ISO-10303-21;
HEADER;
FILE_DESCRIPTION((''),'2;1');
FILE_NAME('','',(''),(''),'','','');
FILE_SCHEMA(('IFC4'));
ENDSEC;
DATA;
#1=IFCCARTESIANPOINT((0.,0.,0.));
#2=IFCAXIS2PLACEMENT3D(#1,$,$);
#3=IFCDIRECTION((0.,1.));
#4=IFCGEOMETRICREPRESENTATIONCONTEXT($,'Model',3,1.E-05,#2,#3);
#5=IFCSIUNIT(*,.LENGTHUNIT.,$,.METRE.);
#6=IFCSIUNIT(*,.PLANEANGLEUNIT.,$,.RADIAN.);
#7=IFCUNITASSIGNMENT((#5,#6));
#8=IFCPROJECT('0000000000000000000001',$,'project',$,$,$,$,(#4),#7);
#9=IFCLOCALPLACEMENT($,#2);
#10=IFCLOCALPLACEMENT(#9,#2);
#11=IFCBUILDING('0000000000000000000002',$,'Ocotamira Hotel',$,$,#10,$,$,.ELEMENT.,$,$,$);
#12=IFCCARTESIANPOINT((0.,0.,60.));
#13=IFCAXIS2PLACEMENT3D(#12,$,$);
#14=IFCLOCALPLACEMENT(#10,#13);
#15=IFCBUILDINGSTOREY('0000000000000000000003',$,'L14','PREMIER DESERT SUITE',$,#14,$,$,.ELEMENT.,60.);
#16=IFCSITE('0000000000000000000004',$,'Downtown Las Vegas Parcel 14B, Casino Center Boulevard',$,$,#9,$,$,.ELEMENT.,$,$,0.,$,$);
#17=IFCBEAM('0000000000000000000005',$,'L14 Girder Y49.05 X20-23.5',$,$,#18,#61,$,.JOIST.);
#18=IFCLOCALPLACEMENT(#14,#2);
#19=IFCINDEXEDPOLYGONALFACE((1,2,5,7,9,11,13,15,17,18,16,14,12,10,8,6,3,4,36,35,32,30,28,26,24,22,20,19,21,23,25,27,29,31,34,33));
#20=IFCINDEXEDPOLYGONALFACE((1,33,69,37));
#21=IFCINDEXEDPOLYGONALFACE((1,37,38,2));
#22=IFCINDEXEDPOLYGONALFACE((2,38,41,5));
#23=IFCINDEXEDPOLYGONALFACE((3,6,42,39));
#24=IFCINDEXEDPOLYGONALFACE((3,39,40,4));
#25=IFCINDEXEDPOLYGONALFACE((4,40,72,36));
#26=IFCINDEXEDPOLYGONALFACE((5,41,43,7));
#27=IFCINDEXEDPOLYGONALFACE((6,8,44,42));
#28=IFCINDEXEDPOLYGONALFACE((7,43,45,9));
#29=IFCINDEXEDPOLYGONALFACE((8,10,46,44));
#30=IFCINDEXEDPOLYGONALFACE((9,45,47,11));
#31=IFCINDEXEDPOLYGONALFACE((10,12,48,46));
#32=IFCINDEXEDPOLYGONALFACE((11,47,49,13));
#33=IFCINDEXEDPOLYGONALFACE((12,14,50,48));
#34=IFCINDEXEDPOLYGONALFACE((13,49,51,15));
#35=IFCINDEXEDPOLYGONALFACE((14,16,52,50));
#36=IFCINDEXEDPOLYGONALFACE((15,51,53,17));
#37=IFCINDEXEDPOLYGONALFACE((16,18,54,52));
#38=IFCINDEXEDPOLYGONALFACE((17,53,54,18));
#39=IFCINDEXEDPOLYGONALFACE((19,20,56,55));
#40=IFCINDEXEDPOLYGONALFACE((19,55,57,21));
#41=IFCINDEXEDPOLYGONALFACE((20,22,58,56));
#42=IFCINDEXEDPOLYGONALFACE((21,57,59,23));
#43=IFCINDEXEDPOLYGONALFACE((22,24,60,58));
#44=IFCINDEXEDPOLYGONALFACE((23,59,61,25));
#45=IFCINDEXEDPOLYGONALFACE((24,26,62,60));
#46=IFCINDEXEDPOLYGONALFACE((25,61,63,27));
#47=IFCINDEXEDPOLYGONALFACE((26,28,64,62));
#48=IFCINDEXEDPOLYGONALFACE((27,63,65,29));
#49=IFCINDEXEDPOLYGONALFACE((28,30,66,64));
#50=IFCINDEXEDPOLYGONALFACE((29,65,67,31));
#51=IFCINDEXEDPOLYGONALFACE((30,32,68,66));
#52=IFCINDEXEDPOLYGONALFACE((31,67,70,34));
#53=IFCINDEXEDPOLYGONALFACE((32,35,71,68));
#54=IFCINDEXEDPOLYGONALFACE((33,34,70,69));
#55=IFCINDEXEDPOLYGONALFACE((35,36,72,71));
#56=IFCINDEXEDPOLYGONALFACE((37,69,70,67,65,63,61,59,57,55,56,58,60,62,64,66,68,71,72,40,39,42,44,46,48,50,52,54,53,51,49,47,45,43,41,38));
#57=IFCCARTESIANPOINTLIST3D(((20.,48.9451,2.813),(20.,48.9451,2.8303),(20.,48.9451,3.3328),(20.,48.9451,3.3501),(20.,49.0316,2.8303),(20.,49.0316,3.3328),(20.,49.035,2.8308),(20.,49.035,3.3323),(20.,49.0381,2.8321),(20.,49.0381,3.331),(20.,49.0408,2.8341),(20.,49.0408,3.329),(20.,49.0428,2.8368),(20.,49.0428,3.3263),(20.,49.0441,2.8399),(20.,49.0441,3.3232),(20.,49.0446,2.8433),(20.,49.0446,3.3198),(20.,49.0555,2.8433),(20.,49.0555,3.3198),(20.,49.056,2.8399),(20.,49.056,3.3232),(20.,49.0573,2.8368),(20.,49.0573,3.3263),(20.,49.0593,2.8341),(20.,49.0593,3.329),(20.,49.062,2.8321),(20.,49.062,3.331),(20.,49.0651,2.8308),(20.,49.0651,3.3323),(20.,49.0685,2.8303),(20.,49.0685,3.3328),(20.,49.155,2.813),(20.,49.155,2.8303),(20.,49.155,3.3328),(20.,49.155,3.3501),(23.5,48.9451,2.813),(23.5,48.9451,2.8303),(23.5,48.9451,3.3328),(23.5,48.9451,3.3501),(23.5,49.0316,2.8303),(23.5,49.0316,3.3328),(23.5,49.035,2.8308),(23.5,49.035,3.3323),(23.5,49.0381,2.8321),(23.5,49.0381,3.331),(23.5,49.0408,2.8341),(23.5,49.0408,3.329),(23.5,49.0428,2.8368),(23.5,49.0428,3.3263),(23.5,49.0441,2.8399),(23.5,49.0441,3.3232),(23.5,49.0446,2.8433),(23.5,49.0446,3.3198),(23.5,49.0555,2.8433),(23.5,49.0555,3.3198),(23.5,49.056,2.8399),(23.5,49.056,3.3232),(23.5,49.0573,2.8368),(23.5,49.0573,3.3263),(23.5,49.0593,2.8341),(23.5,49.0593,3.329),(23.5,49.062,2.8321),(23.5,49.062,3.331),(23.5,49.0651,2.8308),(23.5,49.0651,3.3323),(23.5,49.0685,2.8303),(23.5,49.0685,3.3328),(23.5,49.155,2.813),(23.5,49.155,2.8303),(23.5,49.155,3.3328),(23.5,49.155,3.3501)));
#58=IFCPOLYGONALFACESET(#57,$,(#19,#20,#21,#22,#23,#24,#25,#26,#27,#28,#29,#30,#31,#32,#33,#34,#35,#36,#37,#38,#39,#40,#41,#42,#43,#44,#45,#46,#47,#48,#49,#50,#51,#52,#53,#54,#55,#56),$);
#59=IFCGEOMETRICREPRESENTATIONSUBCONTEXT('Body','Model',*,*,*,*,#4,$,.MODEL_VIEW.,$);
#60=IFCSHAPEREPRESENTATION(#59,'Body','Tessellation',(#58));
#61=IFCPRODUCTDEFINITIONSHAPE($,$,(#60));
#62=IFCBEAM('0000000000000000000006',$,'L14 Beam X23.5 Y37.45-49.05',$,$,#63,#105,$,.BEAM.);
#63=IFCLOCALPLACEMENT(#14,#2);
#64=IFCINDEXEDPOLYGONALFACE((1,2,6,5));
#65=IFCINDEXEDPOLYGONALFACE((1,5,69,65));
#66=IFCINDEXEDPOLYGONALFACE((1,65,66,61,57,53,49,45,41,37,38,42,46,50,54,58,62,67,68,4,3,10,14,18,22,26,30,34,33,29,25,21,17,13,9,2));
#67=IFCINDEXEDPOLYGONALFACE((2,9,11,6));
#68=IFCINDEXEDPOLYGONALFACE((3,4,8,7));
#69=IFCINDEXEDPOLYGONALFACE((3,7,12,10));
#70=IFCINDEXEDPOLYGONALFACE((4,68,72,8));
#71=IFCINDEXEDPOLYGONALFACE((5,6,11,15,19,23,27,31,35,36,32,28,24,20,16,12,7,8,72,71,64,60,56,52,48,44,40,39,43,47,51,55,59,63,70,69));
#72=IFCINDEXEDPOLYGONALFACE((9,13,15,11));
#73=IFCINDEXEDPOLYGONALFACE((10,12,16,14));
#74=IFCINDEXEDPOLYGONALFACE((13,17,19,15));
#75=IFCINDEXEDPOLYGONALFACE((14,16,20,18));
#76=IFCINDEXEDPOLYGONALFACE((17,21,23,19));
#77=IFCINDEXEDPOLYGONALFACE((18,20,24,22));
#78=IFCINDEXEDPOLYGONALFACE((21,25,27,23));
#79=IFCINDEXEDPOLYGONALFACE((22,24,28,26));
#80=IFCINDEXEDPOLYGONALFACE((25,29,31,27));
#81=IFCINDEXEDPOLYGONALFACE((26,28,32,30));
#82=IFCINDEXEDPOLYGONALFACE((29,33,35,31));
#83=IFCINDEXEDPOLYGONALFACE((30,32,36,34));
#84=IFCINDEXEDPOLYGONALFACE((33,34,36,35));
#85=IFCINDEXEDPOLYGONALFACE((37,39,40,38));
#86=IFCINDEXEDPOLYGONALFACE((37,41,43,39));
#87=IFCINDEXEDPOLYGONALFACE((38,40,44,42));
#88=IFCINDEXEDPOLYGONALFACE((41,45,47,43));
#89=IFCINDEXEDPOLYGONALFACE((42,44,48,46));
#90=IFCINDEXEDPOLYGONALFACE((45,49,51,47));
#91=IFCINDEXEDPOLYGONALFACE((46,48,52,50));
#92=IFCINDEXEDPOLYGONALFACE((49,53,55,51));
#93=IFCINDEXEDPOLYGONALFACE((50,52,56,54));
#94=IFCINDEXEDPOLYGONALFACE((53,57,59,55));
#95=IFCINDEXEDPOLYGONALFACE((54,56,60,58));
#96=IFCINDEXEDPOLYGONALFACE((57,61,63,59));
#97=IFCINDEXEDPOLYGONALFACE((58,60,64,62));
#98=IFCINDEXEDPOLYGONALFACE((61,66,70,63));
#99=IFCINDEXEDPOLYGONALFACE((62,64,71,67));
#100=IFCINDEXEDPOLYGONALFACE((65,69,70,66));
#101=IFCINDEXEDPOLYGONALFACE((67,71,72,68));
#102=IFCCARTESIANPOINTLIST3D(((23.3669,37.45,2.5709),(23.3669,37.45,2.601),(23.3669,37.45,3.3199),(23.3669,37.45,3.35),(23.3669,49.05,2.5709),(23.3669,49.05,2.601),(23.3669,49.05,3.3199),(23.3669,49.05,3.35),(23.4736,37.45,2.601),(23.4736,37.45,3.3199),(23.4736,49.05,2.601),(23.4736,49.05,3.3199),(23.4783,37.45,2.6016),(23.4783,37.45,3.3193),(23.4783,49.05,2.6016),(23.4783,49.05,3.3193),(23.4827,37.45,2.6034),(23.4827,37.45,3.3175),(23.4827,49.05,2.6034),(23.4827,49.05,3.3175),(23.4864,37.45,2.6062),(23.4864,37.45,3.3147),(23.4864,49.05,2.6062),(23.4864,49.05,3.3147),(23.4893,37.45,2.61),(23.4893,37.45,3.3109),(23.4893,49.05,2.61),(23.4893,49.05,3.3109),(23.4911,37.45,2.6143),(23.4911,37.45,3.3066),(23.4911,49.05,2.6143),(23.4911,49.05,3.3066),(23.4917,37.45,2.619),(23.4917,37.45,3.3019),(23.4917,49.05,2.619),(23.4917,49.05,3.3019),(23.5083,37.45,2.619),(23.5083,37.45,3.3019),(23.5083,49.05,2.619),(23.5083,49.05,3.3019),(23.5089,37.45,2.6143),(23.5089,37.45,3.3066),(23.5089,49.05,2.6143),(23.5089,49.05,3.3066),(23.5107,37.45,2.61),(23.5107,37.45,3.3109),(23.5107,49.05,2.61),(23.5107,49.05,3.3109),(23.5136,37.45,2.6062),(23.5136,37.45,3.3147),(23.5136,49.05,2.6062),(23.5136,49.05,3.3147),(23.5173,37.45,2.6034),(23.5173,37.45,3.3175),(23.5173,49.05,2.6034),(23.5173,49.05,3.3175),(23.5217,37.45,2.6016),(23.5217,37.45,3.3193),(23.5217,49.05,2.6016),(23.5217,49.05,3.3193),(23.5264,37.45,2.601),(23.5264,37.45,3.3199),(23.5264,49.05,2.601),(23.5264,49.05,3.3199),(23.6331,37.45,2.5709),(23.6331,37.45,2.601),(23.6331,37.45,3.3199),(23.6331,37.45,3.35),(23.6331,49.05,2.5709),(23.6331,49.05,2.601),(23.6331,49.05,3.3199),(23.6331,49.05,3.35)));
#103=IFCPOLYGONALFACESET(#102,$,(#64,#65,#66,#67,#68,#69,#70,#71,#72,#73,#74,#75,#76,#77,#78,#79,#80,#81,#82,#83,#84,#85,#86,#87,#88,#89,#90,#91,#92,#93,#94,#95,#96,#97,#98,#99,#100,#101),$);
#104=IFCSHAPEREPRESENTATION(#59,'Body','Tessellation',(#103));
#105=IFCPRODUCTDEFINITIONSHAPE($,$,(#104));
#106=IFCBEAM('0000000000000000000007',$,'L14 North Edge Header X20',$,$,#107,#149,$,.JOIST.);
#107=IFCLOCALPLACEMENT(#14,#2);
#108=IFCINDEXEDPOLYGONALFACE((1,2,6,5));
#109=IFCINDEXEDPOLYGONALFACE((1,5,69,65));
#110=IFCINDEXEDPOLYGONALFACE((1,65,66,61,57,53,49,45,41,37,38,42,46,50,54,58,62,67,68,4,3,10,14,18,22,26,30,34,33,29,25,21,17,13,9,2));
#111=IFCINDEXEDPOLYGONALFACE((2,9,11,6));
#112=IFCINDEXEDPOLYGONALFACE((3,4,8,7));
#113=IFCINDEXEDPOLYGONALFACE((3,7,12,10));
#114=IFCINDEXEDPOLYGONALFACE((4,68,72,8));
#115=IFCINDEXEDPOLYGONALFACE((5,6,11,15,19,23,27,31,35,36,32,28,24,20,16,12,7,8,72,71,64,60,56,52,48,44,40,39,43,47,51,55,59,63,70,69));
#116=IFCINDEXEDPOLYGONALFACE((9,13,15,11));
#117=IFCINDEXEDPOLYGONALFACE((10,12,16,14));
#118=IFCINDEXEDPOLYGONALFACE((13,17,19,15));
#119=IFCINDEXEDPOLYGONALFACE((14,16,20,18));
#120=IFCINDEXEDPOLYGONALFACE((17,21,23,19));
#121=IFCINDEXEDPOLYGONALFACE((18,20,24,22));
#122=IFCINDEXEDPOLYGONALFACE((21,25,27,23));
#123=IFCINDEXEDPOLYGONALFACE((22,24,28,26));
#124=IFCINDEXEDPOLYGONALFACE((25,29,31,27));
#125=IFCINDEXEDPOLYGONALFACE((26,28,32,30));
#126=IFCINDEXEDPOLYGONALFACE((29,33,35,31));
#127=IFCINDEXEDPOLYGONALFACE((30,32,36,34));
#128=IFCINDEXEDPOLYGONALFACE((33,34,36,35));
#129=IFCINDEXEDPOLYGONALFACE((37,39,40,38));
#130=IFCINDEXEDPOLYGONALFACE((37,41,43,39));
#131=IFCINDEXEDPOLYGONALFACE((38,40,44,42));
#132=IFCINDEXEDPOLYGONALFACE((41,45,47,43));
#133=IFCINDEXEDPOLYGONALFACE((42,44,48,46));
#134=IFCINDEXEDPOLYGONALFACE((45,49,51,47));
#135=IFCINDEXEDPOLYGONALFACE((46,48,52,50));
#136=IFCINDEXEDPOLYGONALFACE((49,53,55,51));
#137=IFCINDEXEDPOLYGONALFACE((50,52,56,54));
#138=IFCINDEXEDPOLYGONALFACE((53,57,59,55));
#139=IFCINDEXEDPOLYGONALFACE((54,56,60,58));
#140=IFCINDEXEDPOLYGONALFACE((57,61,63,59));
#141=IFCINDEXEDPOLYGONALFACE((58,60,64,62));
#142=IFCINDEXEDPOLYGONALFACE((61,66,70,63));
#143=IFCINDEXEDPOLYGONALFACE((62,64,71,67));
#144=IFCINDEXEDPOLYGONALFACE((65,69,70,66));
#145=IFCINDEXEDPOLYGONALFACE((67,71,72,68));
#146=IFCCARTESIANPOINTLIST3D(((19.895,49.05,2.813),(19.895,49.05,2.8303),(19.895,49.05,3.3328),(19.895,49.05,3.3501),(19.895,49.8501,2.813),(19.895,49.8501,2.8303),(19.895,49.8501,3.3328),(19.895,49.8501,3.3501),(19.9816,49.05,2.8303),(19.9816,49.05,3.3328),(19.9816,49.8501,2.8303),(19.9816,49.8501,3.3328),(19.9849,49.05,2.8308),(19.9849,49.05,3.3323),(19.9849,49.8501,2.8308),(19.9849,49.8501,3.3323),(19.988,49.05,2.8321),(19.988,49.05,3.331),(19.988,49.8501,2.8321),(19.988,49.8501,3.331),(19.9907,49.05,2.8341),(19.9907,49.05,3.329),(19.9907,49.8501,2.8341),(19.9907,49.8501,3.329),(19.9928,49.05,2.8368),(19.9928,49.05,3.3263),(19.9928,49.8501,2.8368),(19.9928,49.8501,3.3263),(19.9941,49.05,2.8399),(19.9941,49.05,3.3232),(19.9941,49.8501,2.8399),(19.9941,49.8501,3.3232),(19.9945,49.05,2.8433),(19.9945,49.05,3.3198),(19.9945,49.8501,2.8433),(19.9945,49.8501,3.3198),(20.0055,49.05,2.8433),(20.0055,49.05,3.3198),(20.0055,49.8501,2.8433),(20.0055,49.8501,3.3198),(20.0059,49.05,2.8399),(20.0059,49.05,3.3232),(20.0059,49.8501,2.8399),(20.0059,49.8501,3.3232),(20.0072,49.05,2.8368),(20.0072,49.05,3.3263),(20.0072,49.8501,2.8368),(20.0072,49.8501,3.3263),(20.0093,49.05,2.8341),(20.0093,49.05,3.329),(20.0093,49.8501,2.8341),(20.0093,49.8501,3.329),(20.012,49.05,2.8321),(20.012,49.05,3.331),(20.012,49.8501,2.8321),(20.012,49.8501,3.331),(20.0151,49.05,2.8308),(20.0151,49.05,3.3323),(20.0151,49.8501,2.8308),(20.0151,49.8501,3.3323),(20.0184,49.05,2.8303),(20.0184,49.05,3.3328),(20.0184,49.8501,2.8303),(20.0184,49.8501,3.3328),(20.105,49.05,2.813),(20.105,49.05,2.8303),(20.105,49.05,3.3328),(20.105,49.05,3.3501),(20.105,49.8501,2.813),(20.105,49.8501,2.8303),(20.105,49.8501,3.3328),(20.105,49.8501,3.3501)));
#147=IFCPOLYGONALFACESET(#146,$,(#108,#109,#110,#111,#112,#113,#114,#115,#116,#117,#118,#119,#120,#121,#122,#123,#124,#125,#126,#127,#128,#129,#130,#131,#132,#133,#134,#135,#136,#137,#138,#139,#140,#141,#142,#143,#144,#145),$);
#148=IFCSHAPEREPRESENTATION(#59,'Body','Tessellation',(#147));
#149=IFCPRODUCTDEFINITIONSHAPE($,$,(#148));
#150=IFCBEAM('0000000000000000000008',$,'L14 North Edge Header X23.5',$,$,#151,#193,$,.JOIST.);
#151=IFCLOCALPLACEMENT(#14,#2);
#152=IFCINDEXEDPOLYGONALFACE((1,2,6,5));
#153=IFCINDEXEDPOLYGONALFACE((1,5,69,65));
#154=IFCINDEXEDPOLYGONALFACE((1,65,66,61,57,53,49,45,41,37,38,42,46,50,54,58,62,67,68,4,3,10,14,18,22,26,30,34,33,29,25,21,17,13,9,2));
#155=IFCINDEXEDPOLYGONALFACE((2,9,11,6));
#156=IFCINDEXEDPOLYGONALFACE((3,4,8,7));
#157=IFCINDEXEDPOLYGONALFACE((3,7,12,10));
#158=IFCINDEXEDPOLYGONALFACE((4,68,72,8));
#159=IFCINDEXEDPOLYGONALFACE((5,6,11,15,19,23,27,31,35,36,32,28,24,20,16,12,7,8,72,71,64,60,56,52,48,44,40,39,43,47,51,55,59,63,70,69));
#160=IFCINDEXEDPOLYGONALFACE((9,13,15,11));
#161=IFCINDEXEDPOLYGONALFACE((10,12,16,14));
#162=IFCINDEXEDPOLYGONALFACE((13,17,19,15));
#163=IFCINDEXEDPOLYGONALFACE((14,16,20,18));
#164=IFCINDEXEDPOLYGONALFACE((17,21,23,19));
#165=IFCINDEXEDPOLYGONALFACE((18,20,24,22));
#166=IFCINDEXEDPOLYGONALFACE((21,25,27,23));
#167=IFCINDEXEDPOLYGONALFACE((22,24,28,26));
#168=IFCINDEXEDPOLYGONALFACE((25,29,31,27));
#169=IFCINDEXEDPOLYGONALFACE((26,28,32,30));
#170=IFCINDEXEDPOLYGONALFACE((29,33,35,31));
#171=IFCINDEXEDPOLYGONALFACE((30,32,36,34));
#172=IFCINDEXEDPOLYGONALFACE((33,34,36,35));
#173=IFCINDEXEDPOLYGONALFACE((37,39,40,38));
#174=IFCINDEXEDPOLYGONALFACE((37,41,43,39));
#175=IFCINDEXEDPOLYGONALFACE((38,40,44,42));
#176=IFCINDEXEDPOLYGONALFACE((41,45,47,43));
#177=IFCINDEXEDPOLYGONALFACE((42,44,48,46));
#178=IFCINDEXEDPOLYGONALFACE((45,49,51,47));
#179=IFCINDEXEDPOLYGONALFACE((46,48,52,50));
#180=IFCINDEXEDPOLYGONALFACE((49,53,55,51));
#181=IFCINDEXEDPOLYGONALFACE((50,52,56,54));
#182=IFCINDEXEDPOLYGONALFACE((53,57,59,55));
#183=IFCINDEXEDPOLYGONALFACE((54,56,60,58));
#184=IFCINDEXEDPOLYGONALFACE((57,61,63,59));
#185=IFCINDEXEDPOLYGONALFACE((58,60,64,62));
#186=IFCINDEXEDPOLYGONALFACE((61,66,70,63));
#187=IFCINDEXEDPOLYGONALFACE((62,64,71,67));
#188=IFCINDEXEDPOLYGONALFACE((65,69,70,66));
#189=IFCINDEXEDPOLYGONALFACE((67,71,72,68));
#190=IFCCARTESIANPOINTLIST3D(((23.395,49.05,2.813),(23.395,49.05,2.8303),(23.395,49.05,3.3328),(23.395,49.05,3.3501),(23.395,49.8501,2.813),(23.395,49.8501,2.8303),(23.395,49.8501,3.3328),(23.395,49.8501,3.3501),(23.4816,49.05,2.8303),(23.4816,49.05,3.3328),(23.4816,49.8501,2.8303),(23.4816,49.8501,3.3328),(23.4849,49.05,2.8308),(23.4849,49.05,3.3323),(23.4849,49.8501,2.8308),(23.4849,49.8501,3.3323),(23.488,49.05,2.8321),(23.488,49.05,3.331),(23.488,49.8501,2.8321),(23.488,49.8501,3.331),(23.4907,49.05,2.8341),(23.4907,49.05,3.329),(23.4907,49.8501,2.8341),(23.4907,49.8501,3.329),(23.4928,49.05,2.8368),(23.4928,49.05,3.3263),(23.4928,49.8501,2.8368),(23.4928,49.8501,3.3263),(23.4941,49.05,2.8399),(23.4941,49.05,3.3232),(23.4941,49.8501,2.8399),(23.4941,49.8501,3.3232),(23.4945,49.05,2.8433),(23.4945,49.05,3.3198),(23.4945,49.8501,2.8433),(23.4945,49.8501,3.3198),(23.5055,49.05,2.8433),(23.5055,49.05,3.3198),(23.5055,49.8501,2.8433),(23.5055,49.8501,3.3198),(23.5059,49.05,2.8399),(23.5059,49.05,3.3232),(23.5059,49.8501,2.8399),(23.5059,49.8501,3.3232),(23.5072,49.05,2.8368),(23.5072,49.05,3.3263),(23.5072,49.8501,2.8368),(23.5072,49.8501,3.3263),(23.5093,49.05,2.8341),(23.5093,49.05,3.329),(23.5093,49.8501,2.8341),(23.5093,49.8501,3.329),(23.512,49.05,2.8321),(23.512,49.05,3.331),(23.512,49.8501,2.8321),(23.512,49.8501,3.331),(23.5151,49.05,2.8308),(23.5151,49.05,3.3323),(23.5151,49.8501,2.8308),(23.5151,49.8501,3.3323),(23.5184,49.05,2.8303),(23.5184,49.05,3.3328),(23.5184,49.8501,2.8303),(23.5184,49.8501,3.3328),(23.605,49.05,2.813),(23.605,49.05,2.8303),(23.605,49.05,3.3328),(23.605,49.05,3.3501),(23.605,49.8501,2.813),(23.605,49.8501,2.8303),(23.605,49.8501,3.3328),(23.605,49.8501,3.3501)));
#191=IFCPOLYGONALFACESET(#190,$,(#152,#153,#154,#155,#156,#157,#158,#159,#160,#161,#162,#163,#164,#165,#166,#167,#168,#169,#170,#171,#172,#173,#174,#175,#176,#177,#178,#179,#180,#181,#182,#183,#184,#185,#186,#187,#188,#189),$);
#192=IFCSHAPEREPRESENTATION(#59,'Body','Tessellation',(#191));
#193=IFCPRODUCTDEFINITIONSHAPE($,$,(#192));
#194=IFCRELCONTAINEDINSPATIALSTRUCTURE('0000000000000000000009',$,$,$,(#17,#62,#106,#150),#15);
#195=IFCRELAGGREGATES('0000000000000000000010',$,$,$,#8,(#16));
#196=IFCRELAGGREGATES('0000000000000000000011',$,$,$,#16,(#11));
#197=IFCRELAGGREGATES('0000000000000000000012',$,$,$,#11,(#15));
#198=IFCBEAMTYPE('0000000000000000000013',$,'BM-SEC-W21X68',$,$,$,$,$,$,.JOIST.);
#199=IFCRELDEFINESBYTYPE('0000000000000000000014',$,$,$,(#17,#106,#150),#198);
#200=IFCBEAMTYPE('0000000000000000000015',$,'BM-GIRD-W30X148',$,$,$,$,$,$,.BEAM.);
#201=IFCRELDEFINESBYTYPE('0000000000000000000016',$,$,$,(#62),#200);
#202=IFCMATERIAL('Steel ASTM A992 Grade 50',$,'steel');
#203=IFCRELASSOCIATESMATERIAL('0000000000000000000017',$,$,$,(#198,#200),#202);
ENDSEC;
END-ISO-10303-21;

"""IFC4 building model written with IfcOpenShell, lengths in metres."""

from ifc_helpers import new_model, si_unit, direction, frame, origin, origin_2d, place, context, subcontext, project, spatial, i_section, extrude, source, transform, mapped, material, material_profile, profile_set, type_object, element, save


model = new_model("IFC4")

# Units and contexts
model_context = context("Model", 3, precision=1e-05, world=origin(), true_north=direction((0.0, 1.0)))
body_context = subcontext(model_context, "Body", "Model", "MODEL_VIEW")
ifc_project = project(units=[si_unit("LENGTHUNIT", "METRE"), si_unit("PLANEANGLEUNIT", "RADIAN")], contexts=[model_context])

# Site, building, storey
site_placement = place(None, origin())
site = spatial("IfcSite", under=ifc_project, at=site_placement, Name="Downtown Las Vegas Parcel 14B, Casino Center Boulevard", CompositionType="ELEMENT", RefElevation=0.0)
building_placement = place(site_placement, origin())
building = spatial("IfcBuilding", under=site, at=building_placement, Name="Ocotamira Hotel", CompositionType="ELEMENT")
storey_placement = place(building_placement, frame((0.0, 0.0, 60.0)))
storey = spatial("IfcBuildingStorey", under=building, at=storey_placement, Name="L14", Description="PREMIER DESERT SUITE", CompositionType="ELEMENT", Elevation=60.0)

# Beams
ifc_material_1 = material(Name="Steel ASTM A992 Grade 50", Category="steel")
ifc_material_profile_1 = material_profile(ifc_material_1, i_section(OverallWidth=0.21, OverallDepth=0.5371, WebThickness=0.011, FlangeThickness=0.0173, FilletRadius=0.0129, at=origin_2d()), Name="W21X68")
ifc_profile_set_1 = profile_set([ifc_material_profile_1], Name="Steel ASTM A992 Grade 50")
beam_type_1 = type_object("IfcBeamType", Name="BM-SEC-W21X68", PredefinedType="JOIST", material=ifc_profile_set_1)
shared_shape_1 = source(origin(), body_context, "Body", "SweptSolid", [
    extrude(i_section(OverallWidth=0.21, OverallDepth=0.5371, WebThickness=0.011, FlangeThickness=0.0173, FilletRadius=0.0129, at=origin_2d()), origin(), (0.0, 0.0, 1.0), 3.5),
])
beam_1_placement = place(storey_placement, frame((20.0, 49.05, 3.0815), z_axis=(1.0, 0.0, 0.0), x_axis=(0.0, 1.0, 0.0)))
element("IfcBeam", 1, at=beam_1_placement, inside=storey, type_object=beam_type_1, Name="L14 Girder Y49.05 X20-23.5", PredefinedType="JOIST", context=body_context, shape_type="MappedRepresentation", body=[
    mapped(shared_shape_1, transform((0.0, 0.0, 0.0), scale=1.0)),
])
ifc_material_profile_2 = material_profile(ifc_material_1, i_section(OverallWidth=0.2661, OverallDepth=0.7791, WebThickness=0.0166, FlangeThickness=0.03, FilletRadius=0.0181, at=origin_2d()), Name="W30X148")
ifc_profile_set_2 = profile_set([ifc_material_profile_2], Name="Steel ASTM A992 Grade 50")
beam_type_2 = type_object("IfcBeamType", Name="BM-GIRD-W30X148", PredefinedType="BEAM", material=ifc_profile_set_2)
shared_shape_2 = source(origin(), body_context, "Body", "SweptSolid", [
    extrude(i_section(OverallWidth=0.2661, OverallDepth=0.7791, WebThickness=0.0166, FlangeThickness=0.03, FilletRadius=0.0181, at=origin_2d()), origin(), (0.0, 0.0, 1.0), 11.6001),
])
beam_2_placement = place(storey_placement, frame((23.5, 37.45, 2.9604), z_axis=(0.0, 1.0, 0.0), x_axis=(-1.0, 0.0, 0.0)))
element("IfcBeam", 2, at=beam_2_placement, inside=storey, type_object=beam_type_2, Name="L14 Beam X23.5 Y37.45-49.05", PredefinedType="BEAM", context=body_context, shape_type="MappedRepresentation", body=[
    mapped(shared_shape_2, transform((0.0, 0.0, 0.0), scale=1.0)),
])
shared_shape_3 = source(origin(), body_context, "Body", "SweptSolid", [
    extrude(i_section(OverallWidth=0.21, OverallDepth=0.5371, WebThickness=0.011, FlangeThickness=0.0173, FilletRadius=0.0129, at=origin_2d()), origin(), (0.0, 0.0, 1.0), 0.8),
])
for number, where, z_axis, x_axis, name in (
    (3, (20.0, 49.05, 3.0815), (0.0, 1.0, 0.0), (-1.0, 0.0, 0.0), "L14 North Edge Header X20"),
    (4, (23.5, 49.05, 3.0815), (0.0, 1.0, 0.0), (-1.0, 0.0, 0.0), "L14 North Edge Header X23.5"),
):
    element("IfcBeam", number, at=place(storey_placement, frame(where, z_axis=z_axis, x_axis=x_axis)), inside=storey, type_object=beam_type_1, Name=name, PredefinedType="JOIST", context=body_context, shape_type="MappedRepresentation", body=[
        mapped(shared_shape_3, transform((0.0, 0.0, 0.0), scale=1.0)),
    ])

save(model, "model.ifc")
